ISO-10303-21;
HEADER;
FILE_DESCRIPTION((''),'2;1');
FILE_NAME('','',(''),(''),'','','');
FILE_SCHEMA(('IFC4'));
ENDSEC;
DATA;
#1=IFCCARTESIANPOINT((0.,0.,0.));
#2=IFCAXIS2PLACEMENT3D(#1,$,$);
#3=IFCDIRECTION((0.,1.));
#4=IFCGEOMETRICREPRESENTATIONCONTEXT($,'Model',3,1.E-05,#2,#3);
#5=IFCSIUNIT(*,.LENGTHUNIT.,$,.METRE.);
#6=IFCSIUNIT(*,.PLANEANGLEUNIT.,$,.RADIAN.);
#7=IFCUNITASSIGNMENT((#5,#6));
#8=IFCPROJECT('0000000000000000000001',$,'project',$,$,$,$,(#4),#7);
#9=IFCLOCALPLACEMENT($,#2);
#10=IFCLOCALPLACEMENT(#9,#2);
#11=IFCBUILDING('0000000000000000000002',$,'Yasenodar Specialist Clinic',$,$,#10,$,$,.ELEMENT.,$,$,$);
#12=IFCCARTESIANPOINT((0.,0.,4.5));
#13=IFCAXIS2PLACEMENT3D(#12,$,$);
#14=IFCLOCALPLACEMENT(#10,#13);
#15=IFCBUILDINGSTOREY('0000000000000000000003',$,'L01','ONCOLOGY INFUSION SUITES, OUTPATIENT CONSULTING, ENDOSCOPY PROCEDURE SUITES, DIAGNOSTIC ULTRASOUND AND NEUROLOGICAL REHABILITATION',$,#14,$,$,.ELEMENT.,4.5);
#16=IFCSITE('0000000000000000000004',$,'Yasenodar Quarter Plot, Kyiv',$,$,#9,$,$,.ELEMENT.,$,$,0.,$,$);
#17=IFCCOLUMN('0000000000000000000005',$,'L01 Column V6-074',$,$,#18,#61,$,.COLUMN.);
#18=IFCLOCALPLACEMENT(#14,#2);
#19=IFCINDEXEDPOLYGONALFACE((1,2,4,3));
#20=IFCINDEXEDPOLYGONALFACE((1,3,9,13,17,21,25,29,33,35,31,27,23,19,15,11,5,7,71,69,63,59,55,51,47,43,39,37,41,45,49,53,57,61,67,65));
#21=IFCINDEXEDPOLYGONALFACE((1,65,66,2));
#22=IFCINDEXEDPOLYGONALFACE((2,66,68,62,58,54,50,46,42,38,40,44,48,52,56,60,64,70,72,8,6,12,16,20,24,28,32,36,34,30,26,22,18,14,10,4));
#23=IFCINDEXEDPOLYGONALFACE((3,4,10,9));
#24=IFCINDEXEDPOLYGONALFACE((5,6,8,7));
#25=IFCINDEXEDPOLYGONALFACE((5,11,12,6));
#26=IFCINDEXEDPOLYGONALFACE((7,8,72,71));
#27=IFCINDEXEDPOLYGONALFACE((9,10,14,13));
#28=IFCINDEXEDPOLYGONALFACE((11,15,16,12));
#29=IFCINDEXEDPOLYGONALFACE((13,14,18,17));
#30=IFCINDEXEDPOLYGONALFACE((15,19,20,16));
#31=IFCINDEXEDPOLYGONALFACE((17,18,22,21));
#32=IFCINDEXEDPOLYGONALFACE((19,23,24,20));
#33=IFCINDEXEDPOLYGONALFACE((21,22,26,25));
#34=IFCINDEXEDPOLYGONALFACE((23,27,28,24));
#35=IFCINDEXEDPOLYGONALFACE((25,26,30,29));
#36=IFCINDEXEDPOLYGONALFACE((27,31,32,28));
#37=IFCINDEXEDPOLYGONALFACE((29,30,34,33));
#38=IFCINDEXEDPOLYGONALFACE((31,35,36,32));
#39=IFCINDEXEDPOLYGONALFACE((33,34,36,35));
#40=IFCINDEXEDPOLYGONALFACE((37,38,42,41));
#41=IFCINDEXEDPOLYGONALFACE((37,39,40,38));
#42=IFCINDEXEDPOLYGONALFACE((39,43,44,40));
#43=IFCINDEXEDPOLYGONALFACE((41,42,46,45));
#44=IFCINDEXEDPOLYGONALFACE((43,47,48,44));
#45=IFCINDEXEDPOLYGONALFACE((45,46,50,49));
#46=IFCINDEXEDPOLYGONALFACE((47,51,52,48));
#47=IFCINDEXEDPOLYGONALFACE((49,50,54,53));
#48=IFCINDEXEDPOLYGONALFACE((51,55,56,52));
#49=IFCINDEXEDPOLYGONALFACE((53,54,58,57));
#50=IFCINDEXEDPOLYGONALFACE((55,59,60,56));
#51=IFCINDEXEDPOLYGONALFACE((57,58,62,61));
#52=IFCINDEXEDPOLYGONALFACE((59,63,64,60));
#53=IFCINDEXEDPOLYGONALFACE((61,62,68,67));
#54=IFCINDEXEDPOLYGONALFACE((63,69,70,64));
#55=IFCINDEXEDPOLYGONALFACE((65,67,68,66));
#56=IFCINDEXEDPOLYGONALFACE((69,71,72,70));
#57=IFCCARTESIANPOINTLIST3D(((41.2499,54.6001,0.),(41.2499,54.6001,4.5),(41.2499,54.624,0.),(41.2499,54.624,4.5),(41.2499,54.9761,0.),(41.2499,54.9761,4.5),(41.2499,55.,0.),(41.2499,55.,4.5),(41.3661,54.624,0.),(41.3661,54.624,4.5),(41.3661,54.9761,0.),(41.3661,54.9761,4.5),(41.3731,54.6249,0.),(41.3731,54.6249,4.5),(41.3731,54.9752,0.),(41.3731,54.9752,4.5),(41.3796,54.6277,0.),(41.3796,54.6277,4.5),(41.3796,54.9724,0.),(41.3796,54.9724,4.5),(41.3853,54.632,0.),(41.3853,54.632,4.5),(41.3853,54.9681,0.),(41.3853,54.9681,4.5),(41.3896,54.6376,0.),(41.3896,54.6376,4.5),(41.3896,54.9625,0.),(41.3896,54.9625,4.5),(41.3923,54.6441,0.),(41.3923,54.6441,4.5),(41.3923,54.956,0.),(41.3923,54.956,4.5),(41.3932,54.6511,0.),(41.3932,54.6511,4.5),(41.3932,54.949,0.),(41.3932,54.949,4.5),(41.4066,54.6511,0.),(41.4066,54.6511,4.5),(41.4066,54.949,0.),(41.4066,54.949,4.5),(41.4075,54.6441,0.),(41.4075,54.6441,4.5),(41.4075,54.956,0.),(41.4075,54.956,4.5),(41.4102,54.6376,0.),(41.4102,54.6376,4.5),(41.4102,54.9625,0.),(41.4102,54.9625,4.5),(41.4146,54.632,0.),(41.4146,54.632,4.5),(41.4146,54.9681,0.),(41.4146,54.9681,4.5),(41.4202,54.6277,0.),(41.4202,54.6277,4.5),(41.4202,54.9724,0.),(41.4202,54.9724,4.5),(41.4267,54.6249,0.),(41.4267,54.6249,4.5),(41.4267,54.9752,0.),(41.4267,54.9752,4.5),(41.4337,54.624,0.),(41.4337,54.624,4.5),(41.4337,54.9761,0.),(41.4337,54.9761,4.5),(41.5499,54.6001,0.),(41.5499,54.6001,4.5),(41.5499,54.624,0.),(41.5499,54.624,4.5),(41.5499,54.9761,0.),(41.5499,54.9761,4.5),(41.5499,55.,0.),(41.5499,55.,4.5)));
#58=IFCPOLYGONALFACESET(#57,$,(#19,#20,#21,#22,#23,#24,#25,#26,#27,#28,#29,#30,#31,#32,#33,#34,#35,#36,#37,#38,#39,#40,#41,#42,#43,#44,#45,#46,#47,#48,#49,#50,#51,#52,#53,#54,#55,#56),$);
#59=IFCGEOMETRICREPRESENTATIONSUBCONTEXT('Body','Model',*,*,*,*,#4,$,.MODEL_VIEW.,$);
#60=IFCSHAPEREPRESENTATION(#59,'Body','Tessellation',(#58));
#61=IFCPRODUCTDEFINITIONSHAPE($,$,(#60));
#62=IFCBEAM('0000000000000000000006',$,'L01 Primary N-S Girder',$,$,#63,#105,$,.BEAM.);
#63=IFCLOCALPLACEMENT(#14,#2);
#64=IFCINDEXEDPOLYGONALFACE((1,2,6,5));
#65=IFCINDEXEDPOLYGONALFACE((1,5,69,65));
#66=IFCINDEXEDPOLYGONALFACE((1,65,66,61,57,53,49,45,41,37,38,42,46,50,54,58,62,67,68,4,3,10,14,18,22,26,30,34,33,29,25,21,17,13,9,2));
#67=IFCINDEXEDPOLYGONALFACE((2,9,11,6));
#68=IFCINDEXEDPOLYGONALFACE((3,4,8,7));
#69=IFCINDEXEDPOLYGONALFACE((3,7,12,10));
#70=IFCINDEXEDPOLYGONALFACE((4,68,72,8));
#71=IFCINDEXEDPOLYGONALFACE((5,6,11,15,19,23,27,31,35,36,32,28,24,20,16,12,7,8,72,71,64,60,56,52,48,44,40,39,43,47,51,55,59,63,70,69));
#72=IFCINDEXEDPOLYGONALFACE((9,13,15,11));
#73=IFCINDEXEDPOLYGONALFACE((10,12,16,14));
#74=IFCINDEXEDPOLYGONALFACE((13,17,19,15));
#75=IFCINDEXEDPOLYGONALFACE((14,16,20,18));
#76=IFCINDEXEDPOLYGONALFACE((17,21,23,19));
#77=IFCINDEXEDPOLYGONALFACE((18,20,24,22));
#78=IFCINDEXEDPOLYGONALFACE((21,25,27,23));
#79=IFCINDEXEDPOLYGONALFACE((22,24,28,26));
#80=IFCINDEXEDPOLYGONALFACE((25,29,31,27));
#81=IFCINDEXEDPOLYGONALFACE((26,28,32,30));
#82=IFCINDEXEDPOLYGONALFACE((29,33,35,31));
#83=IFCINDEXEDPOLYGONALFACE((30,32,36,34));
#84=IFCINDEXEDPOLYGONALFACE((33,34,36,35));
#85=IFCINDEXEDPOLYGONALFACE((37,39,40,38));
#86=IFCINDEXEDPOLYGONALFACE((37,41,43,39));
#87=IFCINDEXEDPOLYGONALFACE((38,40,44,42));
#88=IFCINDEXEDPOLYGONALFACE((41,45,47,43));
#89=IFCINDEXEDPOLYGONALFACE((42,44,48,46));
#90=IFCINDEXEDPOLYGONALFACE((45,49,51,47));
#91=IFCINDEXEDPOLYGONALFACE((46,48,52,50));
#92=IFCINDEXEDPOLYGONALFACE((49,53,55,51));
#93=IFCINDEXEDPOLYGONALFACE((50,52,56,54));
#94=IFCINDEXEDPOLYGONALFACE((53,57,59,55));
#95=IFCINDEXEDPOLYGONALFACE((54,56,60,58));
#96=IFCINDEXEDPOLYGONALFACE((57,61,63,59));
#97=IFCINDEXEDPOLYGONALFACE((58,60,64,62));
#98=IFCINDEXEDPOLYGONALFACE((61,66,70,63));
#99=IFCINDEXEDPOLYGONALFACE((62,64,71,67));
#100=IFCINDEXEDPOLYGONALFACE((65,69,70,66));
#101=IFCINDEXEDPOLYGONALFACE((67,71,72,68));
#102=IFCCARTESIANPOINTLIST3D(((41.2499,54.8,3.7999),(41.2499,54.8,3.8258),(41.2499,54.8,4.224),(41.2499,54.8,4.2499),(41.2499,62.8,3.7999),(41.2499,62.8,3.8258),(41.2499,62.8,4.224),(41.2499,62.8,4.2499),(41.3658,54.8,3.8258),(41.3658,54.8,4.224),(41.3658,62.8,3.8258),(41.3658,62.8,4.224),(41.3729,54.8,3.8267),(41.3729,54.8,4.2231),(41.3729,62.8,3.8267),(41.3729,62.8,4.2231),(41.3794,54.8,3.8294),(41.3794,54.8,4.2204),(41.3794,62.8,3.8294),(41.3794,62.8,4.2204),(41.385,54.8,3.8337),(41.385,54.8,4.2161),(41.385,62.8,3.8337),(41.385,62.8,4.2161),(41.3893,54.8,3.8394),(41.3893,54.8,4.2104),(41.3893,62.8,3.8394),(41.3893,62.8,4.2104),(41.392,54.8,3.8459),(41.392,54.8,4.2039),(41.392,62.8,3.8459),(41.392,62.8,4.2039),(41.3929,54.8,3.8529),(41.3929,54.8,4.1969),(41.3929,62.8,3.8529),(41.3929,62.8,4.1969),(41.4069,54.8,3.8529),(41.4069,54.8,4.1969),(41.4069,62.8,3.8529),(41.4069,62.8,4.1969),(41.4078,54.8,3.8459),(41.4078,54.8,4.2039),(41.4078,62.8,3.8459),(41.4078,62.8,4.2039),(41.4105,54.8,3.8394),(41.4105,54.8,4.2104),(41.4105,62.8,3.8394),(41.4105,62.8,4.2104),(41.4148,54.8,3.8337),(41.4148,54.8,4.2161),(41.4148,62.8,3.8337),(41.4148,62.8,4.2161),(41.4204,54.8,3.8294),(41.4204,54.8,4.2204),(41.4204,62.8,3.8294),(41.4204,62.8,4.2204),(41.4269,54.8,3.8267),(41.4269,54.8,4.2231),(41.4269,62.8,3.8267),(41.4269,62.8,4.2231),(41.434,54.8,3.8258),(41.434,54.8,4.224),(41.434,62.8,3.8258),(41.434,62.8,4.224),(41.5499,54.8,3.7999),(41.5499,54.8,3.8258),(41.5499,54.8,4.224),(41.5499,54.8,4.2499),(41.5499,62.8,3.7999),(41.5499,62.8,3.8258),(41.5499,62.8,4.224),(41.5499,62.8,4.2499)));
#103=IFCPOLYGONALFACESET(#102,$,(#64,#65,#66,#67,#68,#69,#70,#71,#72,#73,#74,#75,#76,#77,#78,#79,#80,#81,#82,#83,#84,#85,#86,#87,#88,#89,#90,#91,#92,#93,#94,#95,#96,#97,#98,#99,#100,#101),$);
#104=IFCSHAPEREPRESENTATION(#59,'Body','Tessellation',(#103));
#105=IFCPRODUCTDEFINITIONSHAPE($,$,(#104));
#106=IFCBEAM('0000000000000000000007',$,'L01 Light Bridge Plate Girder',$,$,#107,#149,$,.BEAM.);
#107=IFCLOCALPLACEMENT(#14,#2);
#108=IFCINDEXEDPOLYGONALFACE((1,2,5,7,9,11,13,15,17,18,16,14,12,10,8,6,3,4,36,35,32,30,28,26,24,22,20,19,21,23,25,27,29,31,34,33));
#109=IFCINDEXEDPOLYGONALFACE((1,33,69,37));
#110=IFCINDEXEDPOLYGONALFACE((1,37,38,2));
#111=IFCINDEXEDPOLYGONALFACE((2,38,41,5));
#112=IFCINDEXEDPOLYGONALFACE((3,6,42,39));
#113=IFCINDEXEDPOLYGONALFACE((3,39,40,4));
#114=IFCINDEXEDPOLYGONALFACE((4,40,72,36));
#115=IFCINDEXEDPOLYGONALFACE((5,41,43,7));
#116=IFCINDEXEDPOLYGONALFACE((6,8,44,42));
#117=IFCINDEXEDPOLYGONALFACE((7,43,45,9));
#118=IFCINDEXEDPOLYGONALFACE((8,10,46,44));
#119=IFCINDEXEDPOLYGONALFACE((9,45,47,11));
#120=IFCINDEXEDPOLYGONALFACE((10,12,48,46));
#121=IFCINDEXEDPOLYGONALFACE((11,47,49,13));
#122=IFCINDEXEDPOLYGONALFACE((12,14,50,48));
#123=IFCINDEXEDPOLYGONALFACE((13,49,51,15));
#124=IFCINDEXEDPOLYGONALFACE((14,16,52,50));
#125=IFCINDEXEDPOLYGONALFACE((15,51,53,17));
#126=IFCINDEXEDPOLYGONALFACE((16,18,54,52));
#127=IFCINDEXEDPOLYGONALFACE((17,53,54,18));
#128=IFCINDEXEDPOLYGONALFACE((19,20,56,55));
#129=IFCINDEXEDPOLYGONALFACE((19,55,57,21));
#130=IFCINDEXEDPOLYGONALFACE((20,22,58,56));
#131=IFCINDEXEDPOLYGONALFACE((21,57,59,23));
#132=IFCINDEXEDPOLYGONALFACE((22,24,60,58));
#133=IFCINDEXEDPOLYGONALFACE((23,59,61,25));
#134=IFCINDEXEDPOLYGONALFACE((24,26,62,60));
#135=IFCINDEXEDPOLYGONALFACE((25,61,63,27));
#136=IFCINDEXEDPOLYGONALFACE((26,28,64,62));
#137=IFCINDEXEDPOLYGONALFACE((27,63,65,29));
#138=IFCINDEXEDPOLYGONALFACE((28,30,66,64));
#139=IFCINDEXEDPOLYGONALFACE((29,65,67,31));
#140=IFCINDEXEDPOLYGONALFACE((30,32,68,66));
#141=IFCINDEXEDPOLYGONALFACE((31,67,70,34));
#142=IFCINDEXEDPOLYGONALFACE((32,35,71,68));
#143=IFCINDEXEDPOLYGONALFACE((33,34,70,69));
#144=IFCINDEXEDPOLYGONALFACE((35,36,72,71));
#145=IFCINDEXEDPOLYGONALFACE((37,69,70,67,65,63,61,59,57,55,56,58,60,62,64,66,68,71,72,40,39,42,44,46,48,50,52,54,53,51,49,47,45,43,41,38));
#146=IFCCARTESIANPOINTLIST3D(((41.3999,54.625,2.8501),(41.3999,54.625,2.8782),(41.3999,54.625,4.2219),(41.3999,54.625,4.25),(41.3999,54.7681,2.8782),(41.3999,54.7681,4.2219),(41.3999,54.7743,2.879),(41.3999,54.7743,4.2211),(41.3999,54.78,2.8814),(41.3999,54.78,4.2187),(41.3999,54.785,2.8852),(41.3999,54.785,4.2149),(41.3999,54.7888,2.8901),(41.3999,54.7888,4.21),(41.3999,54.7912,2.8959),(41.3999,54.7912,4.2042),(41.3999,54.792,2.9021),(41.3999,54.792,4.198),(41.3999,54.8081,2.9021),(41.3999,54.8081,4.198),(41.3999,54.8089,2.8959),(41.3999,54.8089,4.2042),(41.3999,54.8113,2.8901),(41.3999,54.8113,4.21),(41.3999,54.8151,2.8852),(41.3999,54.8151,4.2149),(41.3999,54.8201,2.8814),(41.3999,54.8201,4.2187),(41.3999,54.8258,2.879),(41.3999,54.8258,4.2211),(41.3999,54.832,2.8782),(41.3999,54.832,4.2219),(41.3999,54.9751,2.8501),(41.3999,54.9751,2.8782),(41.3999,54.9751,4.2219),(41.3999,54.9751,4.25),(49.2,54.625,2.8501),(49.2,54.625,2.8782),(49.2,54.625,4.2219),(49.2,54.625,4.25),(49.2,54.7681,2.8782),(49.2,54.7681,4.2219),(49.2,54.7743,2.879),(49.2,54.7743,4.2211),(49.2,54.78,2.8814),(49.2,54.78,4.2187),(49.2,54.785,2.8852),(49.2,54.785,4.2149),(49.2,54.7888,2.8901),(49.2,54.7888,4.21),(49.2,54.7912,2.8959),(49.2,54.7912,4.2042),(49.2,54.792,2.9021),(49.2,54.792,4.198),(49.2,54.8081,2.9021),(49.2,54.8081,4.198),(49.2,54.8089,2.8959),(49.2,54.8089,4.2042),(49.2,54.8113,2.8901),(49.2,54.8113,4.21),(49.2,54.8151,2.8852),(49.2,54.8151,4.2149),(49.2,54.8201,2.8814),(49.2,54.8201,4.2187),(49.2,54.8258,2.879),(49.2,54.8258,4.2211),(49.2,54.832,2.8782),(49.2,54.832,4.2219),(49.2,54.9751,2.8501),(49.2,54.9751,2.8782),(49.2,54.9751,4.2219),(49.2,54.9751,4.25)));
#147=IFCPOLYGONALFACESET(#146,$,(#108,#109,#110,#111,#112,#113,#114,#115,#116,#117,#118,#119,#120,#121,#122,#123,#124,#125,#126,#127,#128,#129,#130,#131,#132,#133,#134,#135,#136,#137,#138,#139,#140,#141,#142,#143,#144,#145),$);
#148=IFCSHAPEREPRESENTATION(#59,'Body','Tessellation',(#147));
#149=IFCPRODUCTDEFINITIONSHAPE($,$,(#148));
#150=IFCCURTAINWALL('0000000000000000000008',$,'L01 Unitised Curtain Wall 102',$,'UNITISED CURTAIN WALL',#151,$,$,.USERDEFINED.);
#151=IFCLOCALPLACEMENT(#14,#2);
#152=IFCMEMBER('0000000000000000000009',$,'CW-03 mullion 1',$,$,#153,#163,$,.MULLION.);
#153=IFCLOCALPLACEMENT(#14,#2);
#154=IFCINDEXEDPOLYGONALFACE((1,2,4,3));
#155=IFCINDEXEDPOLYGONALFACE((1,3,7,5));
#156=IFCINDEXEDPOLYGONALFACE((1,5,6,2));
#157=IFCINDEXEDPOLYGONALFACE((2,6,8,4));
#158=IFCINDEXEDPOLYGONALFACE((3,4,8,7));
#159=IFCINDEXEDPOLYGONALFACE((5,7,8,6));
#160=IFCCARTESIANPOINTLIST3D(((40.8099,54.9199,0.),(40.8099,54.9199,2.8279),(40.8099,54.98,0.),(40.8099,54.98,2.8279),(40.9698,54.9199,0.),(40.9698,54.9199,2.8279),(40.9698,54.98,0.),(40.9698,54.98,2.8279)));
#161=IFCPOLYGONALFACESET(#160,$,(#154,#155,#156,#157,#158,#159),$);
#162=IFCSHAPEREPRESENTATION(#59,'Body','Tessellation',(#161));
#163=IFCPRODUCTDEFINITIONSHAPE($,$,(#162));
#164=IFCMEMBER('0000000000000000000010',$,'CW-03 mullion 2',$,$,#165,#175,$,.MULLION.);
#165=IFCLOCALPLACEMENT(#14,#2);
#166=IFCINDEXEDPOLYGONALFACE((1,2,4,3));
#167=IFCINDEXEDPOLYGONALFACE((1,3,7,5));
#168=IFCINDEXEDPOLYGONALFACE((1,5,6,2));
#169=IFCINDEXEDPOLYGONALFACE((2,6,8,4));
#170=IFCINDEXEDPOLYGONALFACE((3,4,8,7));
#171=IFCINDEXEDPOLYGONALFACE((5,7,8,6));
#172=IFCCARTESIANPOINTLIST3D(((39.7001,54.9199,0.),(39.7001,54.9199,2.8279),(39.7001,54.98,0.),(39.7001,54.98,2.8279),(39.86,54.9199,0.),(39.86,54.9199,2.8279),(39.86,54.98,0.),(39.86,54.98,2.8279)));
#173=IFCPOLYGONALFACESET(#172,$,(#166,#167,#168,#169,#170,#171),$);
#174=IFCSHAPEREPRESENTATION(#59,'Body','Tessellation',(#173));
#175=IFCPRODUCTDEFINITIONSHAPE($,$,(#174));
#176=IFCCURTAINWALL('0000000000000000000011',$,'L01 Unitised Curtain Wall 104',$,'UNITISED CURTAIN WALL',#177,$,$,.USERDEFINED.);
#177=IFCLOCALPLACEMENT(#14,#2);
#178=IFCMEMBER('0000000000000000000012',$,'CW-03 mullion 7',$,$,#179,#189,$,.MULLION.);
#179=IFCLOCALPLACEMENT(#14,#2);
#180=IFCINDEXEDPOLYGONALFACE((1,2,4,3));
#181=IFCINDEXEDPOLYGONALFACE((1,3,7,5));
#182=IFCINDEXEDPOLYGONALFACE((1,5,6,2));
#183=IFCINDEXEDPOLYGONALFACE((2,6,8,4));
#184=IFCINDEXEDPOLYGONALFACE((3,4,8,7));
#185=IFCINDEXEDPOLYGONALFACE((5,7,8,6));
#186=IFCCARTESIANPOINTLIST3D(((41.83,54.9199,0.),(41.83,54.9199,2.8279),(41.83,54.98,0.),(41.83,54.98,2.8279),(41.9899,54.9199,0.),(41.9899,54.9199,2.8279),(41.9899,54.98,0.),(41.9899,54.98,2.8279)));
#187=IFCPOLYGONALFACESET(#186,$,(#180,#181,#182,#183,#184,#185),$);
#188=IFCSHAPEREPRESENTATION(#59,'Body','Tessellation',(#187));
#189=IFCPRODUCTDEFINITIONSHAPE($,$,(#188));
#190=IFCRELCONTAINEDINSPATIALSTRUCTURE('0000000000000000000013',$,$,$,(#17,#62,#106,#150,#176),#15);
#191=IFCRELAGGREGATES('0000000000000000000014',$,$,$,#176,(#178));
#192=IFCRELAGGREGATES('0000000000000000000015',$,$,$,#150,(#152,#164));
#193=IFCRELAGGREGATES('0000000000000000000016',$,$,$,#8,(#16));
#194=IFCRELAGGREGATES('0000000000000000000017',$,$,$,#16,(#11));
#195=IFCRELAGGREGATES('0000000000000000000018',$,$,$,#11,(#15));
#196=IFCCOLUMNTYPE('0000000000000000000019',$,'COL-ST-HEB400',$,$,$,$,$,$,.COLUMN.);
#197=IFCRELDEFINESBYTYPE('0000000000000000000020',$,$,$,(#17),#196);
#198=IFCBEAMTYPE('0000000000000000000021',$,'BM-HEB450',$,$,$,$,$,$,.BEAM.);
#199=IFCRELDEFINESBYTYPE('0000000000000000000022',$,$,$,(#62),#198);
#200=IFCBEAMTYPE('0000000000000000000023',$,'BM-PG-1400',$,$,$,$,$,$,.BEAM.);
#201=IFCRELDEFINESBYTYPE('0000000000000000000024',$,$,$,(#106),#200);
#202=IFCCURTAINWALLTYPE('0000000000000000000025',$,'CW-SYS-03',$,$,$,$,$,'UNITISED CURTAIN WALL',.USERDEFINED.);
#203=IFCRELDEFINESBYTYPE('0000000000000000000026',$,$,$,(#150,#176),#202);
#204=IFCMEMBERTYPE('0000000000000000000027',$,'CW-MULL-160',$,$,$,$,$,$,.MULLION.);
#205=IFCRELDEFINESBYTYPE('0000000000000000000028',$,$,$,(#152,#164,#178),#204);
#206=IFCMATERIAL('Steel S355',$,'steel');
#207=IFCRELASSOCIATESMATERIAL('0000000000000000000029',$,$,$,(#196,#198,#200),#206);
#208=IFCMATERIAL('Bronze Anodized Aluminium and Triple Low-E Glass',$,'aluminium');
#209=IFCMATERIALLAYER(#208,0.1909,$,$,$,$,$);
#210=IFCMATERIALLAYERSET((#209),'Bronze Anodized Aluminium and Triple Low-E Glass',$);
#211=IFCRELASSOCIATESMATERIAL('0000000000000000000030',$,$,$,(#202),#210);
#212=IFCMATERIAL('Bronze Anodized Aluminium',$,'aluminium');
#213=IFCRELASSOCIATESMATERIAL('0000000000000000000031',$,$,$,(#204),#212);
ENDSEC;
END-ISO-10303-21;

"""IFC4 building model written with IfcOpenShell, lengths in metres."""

from ifc_helpers import new_model, si_unit, direction, frame, origin, origin_2d, place, context, subcontext, project, spatial, rectangle, i_section, extrude, material, layer, layer_set, material_profile, profile_set, type_object, element, aggregate, save


model = new_model("IFC4")

# Units and contexts
model_context = context("Model", 3, precision=1e-05, world=origin(), true_north=direction((0.0, 1.0)))
body_context = subcontext(model_context, "Body", "Model", "MODEL_VIEW")
ifc_project = project(units=[si_unit("LENGTHUNIT", "METRE"), si_unit("PLANEANGLEUNIT", "RADIAN")], contexts=[model_context])

# Site, building, storey
site_placement = place(None, origin())
site = spatial("IfcSite", under=ifc_project, at=site_placement, Name="Yasenodar Quarter Plot, Kyiv", CompositionType="ELEMENT", RefElevation=0.0)
building_placement = place(site_placement, origin())
building = spatial("IfcBuilding", under=site, at=building_placement, Name="Yasenodar Specialist Clinic", CompositionType="ELEMENT")
storey_placement = place(building_placement, frame((0.0, 0.0, 4.5)))
storey = spatial("IfcBuildingStorey", under=building, at=storey_placement, Name="L01", Description="ONCOLOGY INFUSION SUITES, OUTPATIENT CONSULTING, ENDOSCOPY PROCEDURE SUITES, DIAGNOSTIC ULTRASOUND AND NEUROLOGICAL REHABILITATION", CompositionType="ELEMENT", Elevation=4.5)

# Column
ifc_material_1 = material(Name="Steel S355", Category="steel")
ifc_material_profile_1 = material_profile(ifc_material_1, i_section(OverallWidth=0.3, OverallDepth=0.3999, WebThickness=0.0134, FlangeThickness=0.0239, FilletRadius=0.0271, at=origin_2d()), Name="HEB 400")
ifc_profile_set_1 = profile_set([ifc_material_profile_1], Name="Steel S355")
column_type = type_object("IfcColumnType", Name="COL-ST-HEB400", PredefinedType="COLUMN", material=ifc_profile_set_1)
column_placement = place(storey_placement, frame((41.3999, 54.8, 0.0), z_axis=(0.0, 0.0, 1.0), x_axis=(1.0, 0.0, 0.0)))
element("IfcColumn", 1, at=column_placement, inside=storey, type_object=column_type, Name="L01 Column V6-074", PredefinedType="COLUMN", context=body_context, shape_type="SweptSolid", body=[
    extrude(i_section(OverallWidth=0.3, OverallDepth=0.3999, WebThickness=0.0134, FlangeThickness=0.0239, FilletRadius=0.0271, at=origin_2d()), origin(), (0.0, 0.0, 1.0), 4.5),
])

# Beams
ifc_material_profile_2 = material_profile(ifc_material_1, i_section(OverallWidth=0.3, OverallDepth=0.45, WebThickness=0.0139, FlangeThickness=0.0259, FilletRadius=0.0271, at=origin_2d()), Name="HEB 450")
ifc_profile_set_2 = profile_set([ifc_material_profile_2], Name="Steel S355")
beam_type_1 = type_object("IfcBeamType", Name="BM-HEB450", PredefinedType="BEAM", material=ifc_profile_set_2)
beam_1_placement = place(storey_placement, frame((41.3999, 54.8, 4.0249), z_axis=(0.0, 1.0, 0.0), x_axis=(-1.0, 0.0, 0.0)))
element("IfcBeam", 2, at=beam_1_placement, inside=storey, type_object=beam_type_1, Name="L01 Primary N-S Girder", PredefinedType="BEAM", context=body_context, shape_type="SweptSolid", body=[
    extrude(i_section(OverallWidth=0.3, OverallDepth=0.45, WebThickness=0.0139, FlangeThickness=0.0259, FilletRadius=0.0271, at=origin_2d()), origin(), (0.0, 0.0, 1.0), 8.0),
])
ifc_material_profile_3 = material_profile(ifc_material_1, i_section(OverallWidth=0.3501, OverallDepth=1.3999, WebThickness=0.0161, FlangeThickness=0.0281, FilletRadius=0.0239, at=origin_2d()), Name="PG 1400x350")
ifc_profile_set_3 = profile_set([ifc_material_profile_3], Name="Steel S355")
beam_type_2 = type_object("IfcBeamType", Name="BM-PG-1400", PredefinedType="BEAM", material=ifc_profile_set_3)
beam_2_placement = place(storey_placement, frame((41.3999, 54.8, 3.55), z_axis=(1.0, 0.0, 0.0), x_axis=(0.0, 1.0, 0.0)))
element("IfcBeam", 3, at=beam_2_placement, inside=storey, type_object=beam_type_2, Name="L01 Light Bridge Plate Girder", PredefinedType="BEAM", context=body_context, shape_type="SweptSolid", body=[
    extrude(i_section(OverallWidth=0.3501, OverallDepth=1.3999, WebThickness=0.0161, FlangeThickness=0.0281, FilletRadius=0.0239, at=origin_2d()), origin(), (0.0, 0.0, 1.0), 7.8),
])

# Curtain wall, members
ifc_material_2 = material(Name="Bronze Anodized Aluminium and Triple Low-E Glass", Category="aluminium")
ifc_layer_1 = layer(ifc_material_2, 0.1909)
ifc_layer_set_1 = layer_set([ifc_layer_1], Name="Bronze Anodized Aluminium and Triple Low-E Glass")
curtain_wall_type = type_object("IfcCurtainWallType", Name="CW-SYS-03", ElementType="UNITISED CURTAIN WALL", PredefinedType="USERDEFINED", material=ifc_layer_set_1)
curtain_wall_1_placement = place(storey_placement, origin())
curtain_wall_1 = element("IfcCurtainWall", 4, at=curtain_wall_1_placement, inside=storey, type_object=curtain_wall_type, Name="L01 Unitised Curtain Wall 102", ObjectType="UNITISED CURTAIN WALL", PredefinedType="USERDEFINED")
ifc_material_3 = material(Name="Bronze Anodized Aluminium", Category="aluminium")
ifc_material_profile_4 = material_profile(ifc_material_3, rectangle(XDim=0.0601, YDim=0.1599, at=origin_2d()), Name="CW-MULL 60x160")
ifc_profile_set_4 = profile_set([ifc_material_profile_4], Name="Bronze Anodized Aluminium")
member_type_1 = type_object("IfcMemberType", Name="CW-MULL-160", PredefinedType="MULLION", material=ifc_profile_set_4)
member_1_placement = place(storey_placement, frame((40.8899, 54.95, 0.0), z_axis=(0.0, 0.0, 1.0), x_axis=(0.0, -1.0, 0.0)))
member_1 = element("IfcMember", 5, at=member_1_placement, type_object=member_type_1, Name="CW-03 mullion 1", PredefinedType="MULLION", context=body_context, shape_type="SweptSolid", body=[
    extrude(rectangle(XDim=0.0601, YDim=0.1599, at=origin_2d()), origin(), (0.0, 0.0, 1.0), 2.8279),
])
member_2_placement = place(storey_placement, frame((39.78, 54.95, 0.0), z_axis=(0.0, 0.0, 1.0), x_axis=(0.0, -1.0, 0.0)))
member_2 = element("IfcMember", 6, at=member_2_placement, type_object=member_type_1, Name="CW-03 mullion 2", PredefinedType="MULLION", context=body_context, shape_type="SweptSolid", body=[
    extrude(rectangle(XDim=0.0601, YDim=0.1599, at=origin_2d()), origin(), (0.0, 0.0, 1.0), 2.8279),
])

# Curtain wall, member
curtain_wall_2_placement = place(storey_placement, origin())
curtain_wall_2 = element("IfcCurtainWall", 7, at=curtain_wall_2_placement, inside=storey, type_object=curtain_wall_type, Name="L01 Unitised Curtain Wall 104", ObjectType="UNITISED CURTAIN WALL", PredefinedType="USERDEFINED")
member_3_placement = place(storey_placement, frame((41.9099, 54.95, 0.0), z_axis=(0.0, 0.0, 1.0), x_axis=(0.0, -1.0, 0.0)))
member_3 = element("IfcMember", 8, at=member_3_placement, type_object=member_type_1, Name="CW-03 mullion 7", PredefinedType="MULLION", context=body_context, shape_type="SweptSolid", body=[
    extrude(rectangle(XDim=0.0601, YDim=0.1599, at=origin_2d()), origin(), (0.0, 0.0, 1.0), 2.8279),
])

aggregate(curtain_wall_2, [member_3])
aggregate(curtain_wall_1, [member_1, member_2])

save(model, "model.ifc")
